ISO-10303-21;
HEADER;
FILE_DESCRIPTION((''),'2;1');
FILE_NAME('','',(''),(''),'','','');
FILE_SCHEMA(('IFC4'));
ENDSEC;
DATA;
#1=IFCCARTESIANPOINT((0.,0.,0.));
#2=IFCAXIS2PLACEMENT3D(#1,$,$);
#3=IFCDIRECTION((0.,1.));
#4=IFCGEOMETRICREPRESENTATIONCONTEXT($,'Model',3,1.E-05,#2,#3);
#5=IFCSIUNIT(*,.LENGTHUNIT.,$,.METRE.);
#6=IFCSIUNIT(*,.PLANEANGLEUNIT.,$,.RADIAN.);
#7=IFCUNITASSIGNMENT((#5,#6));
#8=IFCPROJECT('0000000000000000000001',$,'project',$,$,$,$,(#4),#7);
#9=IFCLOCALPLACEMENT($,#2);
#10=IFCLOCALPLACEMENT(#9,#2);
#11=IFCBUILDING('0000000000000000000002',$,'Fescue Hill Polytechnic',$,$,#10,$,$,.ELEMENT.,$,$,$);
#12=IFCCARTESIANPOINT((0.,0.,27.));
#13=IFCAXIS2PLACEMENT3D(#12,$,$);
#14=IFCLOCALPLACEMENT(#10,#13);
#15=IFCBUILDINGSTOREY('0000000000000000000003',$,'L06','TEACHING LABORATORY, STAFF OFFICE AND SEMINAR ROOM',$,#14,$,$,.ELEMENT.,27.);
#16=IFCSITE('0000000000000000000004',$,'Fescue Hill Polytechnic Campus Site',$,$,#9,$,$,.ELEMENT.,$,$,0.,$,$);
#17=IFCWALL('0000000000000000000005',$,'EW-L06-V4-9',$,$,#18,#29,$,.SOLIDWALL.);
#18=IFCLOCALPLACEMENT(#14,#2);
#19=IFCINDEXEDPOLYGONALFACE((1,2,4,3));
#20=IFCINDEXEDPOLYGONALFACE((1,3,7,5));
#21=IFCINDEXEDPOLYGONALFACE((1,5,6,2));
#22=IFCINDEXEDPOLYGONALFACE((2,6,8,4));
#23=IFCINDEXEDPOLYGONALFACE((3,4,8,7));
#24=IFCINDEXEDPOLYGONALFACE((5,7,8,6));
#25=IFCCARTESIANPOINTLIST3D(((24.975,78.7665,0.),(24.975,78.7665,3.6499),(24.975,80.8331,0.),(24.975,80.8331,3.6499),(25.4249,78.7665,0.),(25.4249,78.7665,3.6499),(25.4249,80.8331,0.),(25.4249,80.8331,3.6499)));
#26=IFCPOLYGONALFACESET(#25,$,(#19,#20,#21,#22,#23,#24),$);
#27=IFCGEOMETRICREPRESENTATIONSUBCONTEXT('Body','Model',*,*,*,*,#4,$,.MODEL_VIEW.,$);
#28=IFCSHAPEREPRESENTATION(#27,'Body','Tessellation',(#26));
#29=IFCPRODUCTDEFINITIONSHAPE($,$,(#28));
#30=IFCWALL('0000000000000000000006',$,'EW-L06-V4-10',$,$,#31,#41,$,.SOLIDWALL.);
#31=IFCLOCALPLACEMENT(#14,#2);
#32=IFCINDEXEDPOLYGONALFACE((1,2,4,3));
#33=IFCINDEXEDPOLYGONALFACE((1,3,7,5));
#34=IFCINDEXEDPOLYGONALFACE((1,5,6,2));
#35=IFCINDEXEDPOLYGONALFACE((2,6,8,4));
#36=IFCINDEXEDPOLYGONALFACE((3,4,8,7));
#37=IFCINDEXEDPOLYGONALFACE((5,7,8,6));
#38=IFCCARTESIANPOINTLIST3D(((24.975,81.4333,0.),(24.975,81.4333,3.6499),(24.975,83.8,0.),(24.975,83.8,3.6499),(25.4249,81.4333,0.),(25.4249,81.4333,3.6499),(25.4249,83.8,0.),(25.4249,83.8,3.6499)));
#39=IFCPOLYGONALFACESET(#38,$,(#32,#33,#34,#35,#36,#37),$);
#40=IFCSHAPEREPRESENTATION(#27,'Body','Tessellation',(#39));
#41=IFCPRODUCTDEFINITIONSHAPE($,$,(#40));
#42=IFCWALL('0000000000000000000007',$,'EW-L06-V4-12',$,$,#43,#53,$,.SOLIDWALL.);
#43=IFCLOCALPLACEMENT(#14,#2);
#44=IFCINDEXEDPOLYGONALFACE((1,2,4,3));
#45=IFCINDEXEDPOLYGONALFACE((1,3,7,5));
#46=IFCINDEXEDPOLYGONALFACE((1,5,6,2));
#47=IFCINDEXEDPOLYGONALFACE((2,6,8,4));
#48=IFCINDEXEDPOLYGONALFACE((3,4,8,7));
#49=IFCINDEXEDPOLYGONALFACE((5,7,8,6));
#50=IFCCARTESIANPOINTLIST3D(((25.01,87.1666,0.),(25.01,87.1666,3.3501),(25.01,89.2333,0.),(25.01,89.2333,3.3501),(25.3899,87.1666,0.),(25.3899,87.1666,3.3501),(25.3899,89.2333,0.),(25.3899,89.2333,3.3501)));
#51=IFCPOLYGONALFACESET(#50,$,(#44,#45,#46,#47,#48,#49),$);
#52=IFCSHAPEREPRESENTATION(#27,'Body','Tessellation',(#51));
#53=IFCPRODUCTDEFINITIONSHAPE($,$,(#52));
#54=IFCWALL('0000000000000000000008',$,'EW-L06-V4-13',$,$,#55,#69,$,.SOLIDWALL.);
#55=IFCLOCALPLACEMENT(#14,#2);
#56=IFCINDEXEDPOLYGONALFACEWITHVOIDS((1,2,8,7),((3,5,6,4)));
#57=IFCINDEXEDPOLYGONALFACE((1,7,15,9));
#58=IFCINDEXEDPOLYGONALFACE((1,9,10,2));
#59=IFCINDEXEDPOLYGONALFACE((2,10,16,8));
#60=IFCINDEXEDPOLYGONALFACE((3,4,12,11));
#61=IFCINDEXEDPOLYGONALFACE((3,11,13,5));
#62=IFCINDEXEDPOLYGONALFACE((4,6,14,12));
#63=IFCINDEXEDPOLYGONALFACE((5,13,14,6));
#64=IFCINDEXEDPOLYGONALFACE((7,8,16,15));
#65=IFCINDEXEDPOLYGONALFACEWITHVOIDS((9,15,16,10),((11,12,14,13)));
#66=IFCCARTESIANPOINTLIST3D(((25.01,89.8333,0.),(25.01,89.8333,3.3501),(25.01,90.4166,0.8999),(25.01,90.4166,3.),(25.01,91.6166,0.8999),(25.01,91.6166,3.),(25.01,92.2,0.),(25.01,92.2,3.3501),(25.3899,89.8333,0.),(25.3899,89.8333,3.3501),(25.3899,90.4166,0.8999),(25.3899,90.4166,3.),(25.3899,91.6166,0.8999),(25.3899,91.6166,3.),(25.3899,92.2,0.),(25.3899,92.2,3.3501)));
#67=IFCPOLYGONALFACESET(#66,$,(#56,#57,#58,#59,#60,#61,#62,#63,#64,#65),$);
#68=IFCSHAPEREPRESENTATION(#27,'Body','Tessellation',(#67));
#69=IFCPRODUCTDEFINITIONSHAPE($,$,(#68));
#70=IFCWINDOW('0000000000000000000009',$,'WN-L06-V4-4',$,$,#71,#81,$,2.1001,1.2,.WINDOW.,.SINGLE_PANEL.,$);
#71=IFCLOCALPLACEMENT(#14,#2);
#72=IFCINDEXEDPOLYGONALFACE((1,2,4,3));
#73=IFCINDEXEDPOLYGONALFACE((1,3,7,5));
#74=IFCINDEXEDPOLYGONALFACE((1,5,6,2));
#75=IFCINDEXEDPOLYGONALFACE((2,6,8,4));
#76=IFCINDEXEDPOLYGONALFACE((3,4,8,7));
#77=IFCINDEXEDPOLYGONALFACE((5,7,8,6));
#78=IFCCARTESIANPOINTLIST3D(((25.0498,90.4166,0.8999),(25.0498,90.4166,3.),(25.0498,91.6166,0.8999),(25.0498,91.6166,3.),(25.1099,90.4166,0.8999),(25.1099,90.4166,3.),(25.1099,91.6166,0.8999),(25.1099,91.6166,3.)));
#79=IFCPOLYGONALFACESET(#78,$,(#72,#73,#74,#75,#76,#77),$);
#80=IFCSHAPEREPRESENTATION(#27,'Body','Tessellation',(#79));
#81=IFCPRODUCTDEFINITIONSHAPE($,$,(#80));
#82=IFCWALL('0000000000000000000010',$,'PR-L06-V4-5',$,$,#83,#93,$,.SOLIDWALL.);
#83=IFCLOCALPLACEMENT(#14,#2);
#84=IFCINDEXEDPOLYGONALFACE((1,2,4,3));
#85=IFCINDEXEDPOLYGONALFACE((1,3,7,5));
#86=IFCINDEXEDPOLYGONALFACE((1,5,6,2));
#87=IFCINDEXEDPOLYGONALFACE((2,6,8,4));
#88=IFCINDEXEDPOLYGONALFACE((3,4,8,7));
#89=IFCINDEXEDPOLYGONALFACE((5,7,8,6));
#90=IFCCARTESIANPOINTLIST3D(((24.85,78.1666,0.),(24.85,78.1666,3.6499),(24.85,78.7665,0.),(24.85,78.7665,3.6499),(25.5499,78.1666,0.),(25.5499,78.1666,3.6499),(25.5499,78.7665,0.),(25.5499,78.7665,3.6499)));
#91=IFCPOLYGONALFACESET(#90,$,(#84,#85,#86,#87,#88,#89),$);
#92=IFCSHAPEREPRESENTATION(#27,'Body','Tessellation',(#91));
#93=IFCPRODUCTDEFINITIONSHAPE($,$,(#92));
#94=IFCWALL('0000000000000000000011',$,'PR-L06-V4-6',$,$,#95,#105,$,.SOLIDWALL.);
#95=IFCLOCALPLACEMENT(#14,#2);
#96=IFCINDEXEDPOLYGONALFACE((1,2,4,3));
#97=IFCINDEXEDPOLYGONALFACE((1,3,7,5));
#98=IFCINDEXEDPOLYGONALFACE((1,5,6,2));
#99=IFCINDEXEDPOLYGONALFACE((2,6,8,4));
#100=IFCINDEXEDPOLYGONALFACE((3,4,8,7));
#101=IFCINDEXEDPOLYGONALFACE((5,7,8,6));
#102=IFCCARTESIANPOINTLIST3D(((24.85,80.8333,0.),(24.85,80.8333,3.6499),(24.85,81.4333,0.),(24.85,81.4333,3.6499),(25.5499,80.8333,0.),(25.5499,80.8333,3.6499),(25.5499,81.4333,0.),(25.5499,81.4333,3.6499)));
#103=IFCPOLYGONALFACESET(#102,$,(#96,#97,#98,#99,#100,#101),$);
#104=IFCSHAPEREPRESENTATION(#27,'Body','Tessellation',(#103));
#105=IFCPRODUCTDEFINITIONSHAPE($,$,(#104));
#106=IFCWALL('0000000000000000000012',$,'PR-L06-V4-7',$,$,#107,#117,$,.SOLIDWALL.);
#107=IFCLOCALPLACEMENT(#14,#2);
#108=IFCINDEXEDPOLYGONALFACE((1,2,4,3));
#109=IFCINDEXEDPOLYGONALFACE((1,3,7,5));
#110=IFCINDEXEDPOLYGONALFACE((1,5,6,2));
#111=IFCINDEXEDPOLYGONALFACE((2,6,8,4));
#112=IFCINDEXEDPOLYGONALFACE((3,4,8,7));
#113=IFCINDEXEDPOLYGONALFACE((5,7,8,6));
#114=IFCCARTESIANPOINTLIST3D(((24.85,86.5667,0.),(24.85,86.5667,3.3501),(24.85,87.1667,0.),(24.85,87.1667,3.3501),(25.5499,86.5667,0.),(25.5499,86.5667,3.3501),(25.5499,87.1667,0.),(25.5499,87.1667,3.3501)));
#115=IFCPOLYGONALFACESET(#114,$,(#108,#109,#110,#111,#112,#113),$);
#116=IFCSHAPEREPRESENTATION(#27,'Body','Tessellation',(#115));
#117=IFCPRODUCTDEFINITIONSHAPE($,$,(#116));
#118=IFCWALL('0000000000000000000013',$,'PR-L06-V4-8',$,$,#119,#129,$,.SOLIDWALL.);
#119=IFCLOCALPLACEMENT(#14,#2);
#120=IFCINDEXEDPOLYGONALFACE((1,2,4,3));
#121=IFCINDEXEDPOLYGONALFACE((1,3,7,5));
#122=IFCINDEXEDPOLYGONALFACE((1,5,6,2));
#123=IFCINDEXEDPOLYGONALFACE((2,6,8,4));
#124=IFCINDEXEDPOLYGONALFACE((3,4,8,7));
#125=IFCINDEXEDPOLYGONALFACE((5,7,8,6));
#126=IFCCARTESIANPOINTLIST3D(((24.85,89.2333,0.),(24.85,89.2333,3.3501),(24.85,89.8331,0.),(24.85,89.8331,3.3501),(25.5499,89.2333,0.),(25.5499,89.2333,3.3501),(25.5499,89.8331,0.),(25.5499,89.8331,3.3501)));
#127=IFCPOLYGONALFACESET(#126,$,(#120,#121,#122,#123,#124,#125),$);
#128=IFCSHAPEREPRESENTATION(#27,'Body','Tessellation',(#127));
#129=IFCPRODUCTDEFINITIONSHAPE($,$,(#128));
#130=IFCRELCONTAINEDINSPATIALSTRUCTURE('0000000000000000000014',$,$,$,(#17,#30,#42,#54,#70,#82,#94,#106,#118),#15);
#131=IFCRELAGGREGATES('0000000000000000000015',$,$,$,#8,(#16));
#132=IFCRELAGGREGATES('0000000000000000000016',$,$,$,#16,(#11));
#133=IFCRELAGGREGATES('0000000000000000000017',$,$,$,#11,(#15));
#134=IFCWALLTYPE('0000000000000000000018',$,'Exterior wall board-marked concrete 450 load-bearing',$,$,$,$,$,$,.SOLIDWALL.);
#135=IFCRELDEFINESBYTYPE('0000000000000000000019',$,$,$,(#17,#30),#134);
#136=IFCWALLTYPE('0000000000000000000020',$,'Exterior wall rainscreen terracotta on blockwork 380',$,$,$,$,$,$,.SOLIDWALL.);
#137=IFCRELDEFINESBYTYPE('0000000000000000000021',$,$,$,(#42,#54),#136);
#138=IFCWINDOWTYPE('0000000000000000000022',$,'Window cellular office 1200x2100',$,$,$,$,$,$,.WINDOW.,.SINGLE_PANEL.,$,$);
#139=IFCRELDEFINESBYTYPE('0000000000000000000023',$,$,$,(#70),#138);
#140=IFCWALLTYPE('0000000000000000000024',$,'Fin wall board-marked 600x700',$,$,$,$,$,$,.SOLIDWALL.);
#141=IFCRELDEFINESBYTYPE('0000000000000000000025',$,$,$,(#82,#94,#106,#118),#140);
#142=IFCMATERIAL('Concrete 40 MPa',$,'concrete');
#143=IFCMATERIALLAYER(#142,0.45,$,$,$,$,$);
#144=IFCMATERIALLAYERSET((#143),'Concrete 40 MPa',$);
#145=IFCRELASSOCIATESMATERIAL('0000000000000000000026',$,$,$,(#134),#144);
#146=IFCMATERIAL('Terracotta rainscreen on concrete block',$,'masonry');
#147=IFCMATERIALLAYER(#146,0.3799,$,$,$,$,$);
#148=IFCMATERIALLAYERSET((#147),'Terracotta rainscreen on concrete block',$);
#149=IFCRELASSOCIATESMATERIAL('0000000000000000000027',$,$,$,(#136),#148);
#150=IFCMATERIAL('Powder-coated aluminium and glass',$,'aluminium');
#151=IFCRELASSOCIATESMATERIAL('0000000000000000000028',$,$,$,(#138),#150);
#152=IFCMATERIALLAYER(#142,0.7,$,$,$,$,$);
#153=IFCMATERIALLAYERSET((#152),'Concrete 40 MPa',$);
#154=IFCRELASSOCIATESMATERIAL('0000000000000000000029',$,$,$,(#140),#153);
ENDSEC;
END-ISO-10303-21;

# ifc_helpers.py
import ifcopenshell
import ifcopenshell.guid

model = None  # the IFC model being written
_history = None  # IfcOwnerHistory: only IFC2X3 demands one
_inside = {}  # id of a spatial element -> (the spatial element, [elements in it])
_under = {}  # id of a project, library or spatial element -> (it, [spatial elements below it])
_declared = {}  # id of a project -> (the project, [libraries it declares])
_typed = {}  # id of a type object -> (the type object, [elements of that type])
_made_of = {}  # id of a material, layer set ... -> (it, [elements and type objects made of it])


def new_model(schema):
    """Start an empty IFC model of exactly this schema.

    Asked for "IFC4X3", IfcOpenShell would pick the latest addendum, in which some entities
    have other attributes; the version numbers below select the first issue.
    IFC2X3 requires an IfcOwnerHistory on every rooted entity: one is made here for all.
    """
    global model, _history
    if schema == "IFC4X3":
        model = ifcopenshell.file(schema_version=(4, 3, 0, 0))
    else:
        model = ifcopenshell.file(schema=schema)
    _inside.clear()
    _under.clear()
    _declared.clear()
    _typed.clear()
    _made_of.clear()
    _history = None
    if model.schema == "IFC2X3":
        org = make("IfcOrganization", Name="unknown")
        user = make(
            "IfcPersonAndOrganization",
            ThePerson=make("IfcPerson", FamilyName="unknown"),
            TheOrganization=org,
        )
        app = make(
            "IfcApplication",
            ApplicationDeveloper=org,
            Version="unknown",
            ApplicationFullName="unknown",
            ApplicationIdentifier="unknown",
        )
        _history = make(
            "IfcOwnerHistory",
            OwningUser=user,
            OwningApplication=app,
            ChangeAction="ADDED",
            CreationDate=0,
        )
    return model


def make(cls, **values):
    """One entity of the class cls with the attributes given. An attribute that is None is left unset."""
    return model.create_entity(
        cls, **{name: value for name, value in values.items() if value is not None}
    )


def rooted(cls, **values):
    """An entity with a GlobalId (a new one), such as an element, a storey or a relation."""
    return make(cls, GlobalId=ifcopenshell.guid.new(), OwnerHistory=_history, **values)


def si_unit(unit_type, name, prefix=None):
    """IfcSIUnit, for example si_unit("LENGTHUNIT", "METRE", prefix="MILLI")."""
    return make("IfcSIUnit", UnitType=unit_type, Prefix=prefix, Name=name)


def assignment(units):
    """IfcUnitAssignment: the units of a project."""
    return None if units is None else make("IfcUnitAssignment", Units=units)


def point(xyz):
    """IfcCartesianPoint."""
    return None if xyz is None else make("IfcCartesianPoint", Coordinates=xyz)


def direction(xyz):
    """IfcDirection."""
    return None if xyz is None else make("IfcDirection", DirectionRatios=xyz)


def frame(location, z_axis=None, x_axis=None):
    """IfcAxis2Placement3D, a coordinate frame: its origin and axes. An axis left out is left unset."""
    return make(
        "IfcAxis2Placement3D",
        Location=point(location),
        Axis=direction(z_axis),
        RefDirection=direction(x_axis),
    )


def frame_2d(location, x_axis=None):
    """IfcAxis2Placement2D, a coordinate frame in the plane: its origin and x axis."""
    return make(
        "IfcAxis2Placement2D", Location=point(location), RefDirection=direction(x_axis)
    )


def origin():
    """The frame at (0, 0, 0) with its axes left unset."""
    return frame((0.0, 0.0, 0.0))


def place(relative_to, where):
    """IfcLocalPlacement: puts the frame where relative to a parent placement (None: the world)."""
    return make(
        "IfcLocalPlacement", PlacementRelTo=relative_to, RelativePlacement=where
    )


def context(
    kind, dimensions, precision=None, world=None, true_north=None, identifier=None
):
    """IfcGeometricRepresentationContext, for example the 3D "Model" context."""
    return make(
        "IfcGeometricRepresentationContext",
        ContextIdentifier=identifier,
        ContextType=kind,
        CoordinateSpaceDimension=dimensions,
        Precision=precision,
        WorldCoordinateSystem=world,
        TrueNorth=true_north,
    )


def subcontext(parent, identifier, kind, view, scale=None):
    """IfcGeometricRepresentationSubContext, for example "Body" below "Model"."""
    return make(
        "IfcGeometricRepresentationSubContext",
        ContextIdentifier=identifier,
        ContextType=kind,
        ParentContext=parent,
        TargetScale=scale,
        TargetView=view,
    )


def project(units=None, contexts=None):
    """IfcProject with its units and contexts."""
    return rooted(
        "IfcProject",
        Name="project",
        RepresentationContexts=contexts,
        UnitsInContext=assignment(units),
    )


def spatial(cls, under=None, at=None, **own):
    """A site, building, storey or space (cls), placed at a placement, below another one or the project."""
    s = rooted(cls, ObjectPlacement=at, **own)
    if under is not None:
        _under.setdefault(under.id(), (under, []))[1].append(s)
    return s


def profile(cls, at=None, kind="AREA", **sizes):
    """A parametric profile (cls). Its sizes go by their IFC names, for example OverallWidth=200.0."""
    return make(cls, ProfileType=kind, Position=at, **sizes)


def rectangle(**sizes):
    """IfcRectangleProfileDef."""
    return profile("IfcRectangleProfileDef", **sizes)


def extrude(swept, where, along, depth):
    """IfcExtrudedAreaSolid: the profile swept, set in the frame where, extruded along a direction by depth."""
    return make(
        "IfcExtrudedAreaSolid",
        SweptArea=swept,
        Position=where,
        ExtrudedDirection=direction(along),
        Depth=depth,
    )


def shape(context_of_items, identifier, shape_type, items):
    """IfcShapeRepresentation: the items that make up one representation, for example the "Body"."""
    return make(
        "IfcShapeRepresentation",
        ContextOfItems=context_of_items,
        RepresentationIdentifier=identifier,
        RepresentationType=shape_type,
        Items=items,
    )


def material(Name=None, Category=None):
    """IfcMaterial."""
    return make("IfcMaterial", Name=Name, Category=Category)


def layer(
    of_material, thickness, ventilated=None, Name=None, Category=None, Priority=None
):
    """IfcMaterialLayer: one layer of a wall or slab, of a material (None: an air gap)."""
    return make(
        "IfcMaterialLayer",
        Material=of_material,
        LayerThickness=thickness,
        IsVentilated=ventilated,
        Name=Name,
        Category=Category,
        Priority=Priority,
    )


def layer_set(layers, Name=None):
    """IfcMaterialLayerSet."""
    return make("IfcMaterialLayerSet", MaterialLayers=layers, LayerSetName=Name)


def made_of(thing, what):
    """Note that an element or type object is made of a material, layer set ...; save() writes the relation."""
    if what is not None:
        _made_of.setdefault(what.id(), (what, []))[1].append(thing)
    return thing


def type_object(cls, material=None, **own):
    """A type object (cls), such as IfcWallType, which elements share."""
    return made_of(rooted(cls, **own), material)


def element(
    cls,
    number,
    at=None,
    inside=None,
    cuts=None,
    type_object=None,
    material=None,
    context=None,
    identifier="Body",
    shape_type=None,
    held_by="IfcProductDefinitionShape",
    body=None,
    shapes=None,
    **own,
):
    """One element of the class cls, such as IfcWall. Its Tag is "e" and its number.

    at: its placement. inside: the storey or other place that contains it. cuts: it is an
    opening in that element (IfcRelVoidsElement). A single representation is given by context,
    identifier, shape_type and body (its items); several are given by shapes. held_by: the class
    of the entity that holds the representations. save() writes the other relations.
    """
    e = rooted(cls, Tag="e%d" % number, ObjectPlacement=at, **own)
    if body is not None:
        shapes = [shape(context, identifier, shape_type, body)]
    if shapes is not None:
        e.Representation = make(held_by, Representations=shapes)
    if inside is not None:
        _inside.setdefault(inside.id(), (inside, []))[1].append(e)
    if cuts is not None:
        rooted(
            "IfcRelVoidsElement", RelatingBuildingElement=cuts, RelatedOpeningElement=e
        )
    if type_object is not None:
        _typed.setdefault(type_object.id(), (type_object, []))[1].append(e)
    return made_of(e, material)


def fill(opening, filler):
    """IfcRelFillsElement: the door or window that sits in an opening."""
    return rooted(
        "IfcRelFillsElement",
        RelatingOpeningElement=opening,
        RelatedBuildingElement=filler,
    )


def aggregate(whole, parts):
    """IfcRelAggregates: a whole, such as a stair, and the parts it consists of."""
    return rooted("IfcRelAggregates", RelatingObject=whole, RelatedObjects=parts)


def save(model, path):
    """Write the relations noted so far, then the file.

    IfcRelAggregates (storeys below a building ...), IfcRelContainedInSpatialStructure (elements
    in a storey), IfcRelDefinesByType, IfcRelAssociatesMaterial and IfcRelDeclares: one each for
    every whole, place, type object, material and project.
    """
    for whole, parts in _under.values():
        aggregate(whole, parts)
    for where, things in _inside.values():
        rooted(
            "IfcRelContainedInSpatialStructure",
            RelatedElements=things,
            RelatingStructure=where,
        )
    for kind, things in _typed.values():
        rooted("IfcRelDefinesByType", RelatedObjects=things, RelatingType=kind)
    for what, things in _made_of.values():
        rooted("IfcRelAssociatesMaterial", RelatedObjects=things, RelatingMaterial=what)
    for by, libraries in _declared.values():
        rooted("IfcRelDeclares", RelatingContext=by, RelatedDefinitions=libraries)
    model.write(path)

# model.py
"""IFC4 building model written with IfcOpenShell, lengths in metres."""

from ifc_helpers import new_model, si_unit, direction, frame, frame_2d, origin, place, context, subcontext, project, spatial, rectangle, extrude, material, layer, layer_set, type_object, element, fill, save


model = new_model("IFC4")

# Units and contexts
model_context = context("Model", 3, precision=1e-05, world=origin(), true_north=direction((0.0, 1.0)))
body_context = subcontext(model_context, "Body", "Model", "MODEL_VIEW")
ifc_project = project(units=[si_unit("LENGTHUNIT", "METRE"), si_unit("PLANEANGLEUNIT", "RADIAN")], contexts=[model_context])

# Site, building, storey
site_placement = place(None, origin())
site = spatial("IfcSite", under=ifc_project, at=site_placement, Name="Fescue Hill Polytechnic Campus Site", CompositionType="ELEMENT", RefElevation=0.0)
building_placement = place(site_placement, origin())
building = spatial("IfcBuilding", under=site, at=building_placement, Name="Fescue Hill Polytechnic", CompositionType="ELEMENT")
storey_placement = place(building_placement, frame((0.0, 0.0, 27.0)))
storey = spatial("IfcBuildingStorey", under=building, at=storey_placement, Name="L06", Description="TEACHING LABORATORY, STAFF OFFICE AND SEMINAR ROOM", CompositionType="ELEMENT", Elevation=27.0)

# Shared definitions
ifc_material_1 = material(Name="Concrete 40 MPa", Category="concrete")

# Walls
ifc_layer_1 = layer(ifc_material_1, 0.45)
ifc_layer_set_1 = layer_set([ifc_layer_1], Name="Concrete 40 MPa")
wall_type_1 = type_object("IfcWallType", Name="Exterior wall board-marked concrete 450 load-bearing", PredefinedType="SOLIDWALL", material=ifc_layer_set_1)
wall_1_placement = place(storey_placement, frame((25.2, 78.7666, 0.0), z_axis=(0.0, 0.0, 1.0), x_axis=(0.0, 1.0, 0.0)))
element("IfcWall", 1, at=wall_1_placement, inside=storey, type_object=wall_type_1, Name="EW-L06-V4-9", PredefinedType="SOLIDWALL", context=body_context, shape_type="SweptSolid", body=[
    extrude(rectangle(XDim=2.0667, YDim=0.45, at=frame_2d((1.0332, 0.0))), origin(), (0.0, 0.0, 1.0), 3.6499),
])
wall_2_placement = place(storey_placement, frame((25.2, 81.4333, 0.0), z_axis=(0.0, 0.0, 1.0), x_axis=(0.0, 1.0, 0.0)))
element("IfcWall", 2, at=wall_2_placement, inside=storey, type_object=wall_type_1, Name="EW-L06-V4-10", PredefinedType="SOLIDWALL", context=body_context, shape_type="SweptSolid", body=[
    extrude(rectangle(XDim=2.3667, YDim=0.45, at=frame_2d((1.1833, 0.0))), origin(), (0.0, 0.0, 1.0), 3.6499),
])
ifc_material_2 = material(Name="Terracotta rainscreen on concrete block", Category="masonry")
ifc_layer_2 = layer(ifc_material_2, 0.3799)
ifc_layer_set_2 = layer_set([ifc_layer_2], Name="Terracotta rainscreen on concrete block")
wall_type_2 = type_object("IfcWallType", Name="Exterior wall rainscreen terracotta on blockwork 380", PredefinedType="SOLIDWALL", material=ifc_layer_set_2)
wall_3_placement = place(storey_placement, frame((25.2, 87.1667, 0.0), z_axis=(0.0, 0.0, 1.0), x_axis=(0.0, 1.0, 0.0)))
element("IfcWall", 3, at=wall_3_placement, inside=storey, type_object=wall_type_2, Name="EW-L06-V4-12", PredefinedType="SOLIDWALL", context=body_context, shape_type="SweptSolid", body=[
    extrude(rectangle(XDim=2.0667, YDim=0.3799, at=frame_2d((1.0332, 0.0))), origin(), (0.0, 0.0, 1.0), 3.3501),
])

# Wall, opening, window
wall_4_placement = place(storey_placement, frame((25.2, 89.8333, 0.0), z_axis=(0.0, 0.0, 1.0), x_axis=(0.0, 1.0, 0.0)))
wall_4 = element("IfcWall", 4, at=wall_4_placement, inside=storey, type_object=wall_type_2, Name="EW-L06-V4-13", PredefinedType="SOLIDWALL", context=body_context, shape_type="SweptSolid", body=[
    extrude(rectangle(XDim=2.3667, YDim=0.3799, at=frame_2d((1.1833, 0.0))), origin(), (0.0, 0.0, 1.0), 3.3501),
])
opening_placement = place(wall_4_placement, frame((0.5833, 0.0, 0.8999)))
opening = element("IfcOpeningElement", 5, at=opening_placement, cuts=wall_4, PredefinedType="OPENING", context=body_context, shape_type="SweptSolid", body=[
    extrude(rectangle(XDim=1.2, YDim=2.1001, at=frame_2d((0.6001, 1.05))), frame((0.0, 0.2, 0.0), z_axis=(0.0, -1.0, 0.0), x_axis=(1.0, 0.0, 0.0)), (0.0, 0.0, 1.0), 0.3999),
])
ifc_material_3 = material(Name="Powder-coated aluminium and glass", Category="aluminium")
window_type = type_object("IfcWindowType", Name="Window cellular office 1200x2100", PartitioningType="SINGLE_PANEL", PredefinedType="WINDOW", material=ifc_material_3)
window_placement = place(opening_placement, origin())
window = element("IfcWindow", 6, at=window_placement, inside=storey, type_object=window_type, Name="WN-L06-V4-4", OverallHeight=2.1001, OverallWidth=1.2, PartitioningType="SINGLE_PANEL", PredefinedType="WINDOW", context=body_context, shape_type="SweptSolid", body=[
    extrude(rectangle(XDim=1.2, YDim=2.1001, at=frame_2d((0.6001, 1.05))), frame((0.0, 0.1501, 0.0), z_axis=(0.0, -1.0, 0.0), x_axis=(1.0, 0.0, 0.0)), (0.0, 0.0, 1.0), 0.0601),
])
fill(opening, window)

# Walls
ifc_layer_3 = layer(ifc_material_1, 0.7)
ifc_layer_set_3 = layer_set([ifc_layer_3], Name="Concrete 40 MPa")
wall_type_3 = type_object("IfcWallType", Name="Fin wall board-marked 600x700", PredefinedType="SOLIDWALL", material=ifc_layer_set_3)
wall_5_placement = place(storey_placement, frame((25.2, 78.1667, 0.0), z_axis=(0.0, 0.0, 1.0), x_axis=(0.0, 1.0, 0.0)))
element("IfcWall", 7, at=wall_5_placement, inside=storey, type_object=wall_type_3, Name="PR-L06-V4-5", PredefinedType="SOLIDWALL", context=body_context, shape_type="SweptSolid", body=[
    extrude(rectangle(XDim=0.5999, YDim=0.7, at=frame_2d((0.2998, 0.0))), origin(), (0.0, 0.0, 1.0), 3.6499),
])
wall_6_placement = place(storey_placement, frame((25.2, 80.8333, 0.0), z_axis=(0.0, 0.0, 1.0), x_axis=(0.0, 1.0, 0.0)))
element("IfcWall", 8, at=wall_6_placement, inside=storey, type_object=wall_type_3, Name="PR-L06-V4-6", PredefinedType="SOLIDWALL", context=body_context, shape_type="SweptSolid", body=[
    extrude(rectangle(XDim=0.6001, YDim=0.7, at=frame_2d((0.3, 0.0))), origin(), (0.0, 0.0, 1.0), 3.6499),
])
wall_7_placement = place(storey_placement, frame((25.2, 86.5667, 0.0), z_axis=(0.0, 0.0, 1.0), x_axis=(0.0, 1.0, 0.0)))
element("IfcWall", 9, at=wall_7_placement, inside=storey, type_object=wall_type_3, Name="PR-L06-V4-7", PredefinedType="SOLIDWALL", context=body_context, shape_type="SweptSolid", body=[
    extrude(rectangle(XDim=0.6001, YDim=0.7, at=frame_2d((0.3, 0.0))), origin(), (0.0, 0.0, 1.0), 3.3501),
])
wall_8_placement = place(storey_placement, frame((25.2, 89.2334, 0.0), z_axis=(0.0, 0.0, 1.0), x_axis=(0.0, 1.0, 0.0)))
element("IfcWall", 10, at=wall_8_placement, inside=storey, type_object=wall_type_3, Name="PR-L06-V4-8", PredefinedType="SOLIDWALL", context=body_context, shape_type="SweptSolid", body=[
    extrude(rectangle(XDim=0.5999, YDim=0.7, at=frame_2d((0.2998, 0.0))), origin(), (0.0, 0.0, 1.0), 3.3501),
])

save(model, "model.ifc")
